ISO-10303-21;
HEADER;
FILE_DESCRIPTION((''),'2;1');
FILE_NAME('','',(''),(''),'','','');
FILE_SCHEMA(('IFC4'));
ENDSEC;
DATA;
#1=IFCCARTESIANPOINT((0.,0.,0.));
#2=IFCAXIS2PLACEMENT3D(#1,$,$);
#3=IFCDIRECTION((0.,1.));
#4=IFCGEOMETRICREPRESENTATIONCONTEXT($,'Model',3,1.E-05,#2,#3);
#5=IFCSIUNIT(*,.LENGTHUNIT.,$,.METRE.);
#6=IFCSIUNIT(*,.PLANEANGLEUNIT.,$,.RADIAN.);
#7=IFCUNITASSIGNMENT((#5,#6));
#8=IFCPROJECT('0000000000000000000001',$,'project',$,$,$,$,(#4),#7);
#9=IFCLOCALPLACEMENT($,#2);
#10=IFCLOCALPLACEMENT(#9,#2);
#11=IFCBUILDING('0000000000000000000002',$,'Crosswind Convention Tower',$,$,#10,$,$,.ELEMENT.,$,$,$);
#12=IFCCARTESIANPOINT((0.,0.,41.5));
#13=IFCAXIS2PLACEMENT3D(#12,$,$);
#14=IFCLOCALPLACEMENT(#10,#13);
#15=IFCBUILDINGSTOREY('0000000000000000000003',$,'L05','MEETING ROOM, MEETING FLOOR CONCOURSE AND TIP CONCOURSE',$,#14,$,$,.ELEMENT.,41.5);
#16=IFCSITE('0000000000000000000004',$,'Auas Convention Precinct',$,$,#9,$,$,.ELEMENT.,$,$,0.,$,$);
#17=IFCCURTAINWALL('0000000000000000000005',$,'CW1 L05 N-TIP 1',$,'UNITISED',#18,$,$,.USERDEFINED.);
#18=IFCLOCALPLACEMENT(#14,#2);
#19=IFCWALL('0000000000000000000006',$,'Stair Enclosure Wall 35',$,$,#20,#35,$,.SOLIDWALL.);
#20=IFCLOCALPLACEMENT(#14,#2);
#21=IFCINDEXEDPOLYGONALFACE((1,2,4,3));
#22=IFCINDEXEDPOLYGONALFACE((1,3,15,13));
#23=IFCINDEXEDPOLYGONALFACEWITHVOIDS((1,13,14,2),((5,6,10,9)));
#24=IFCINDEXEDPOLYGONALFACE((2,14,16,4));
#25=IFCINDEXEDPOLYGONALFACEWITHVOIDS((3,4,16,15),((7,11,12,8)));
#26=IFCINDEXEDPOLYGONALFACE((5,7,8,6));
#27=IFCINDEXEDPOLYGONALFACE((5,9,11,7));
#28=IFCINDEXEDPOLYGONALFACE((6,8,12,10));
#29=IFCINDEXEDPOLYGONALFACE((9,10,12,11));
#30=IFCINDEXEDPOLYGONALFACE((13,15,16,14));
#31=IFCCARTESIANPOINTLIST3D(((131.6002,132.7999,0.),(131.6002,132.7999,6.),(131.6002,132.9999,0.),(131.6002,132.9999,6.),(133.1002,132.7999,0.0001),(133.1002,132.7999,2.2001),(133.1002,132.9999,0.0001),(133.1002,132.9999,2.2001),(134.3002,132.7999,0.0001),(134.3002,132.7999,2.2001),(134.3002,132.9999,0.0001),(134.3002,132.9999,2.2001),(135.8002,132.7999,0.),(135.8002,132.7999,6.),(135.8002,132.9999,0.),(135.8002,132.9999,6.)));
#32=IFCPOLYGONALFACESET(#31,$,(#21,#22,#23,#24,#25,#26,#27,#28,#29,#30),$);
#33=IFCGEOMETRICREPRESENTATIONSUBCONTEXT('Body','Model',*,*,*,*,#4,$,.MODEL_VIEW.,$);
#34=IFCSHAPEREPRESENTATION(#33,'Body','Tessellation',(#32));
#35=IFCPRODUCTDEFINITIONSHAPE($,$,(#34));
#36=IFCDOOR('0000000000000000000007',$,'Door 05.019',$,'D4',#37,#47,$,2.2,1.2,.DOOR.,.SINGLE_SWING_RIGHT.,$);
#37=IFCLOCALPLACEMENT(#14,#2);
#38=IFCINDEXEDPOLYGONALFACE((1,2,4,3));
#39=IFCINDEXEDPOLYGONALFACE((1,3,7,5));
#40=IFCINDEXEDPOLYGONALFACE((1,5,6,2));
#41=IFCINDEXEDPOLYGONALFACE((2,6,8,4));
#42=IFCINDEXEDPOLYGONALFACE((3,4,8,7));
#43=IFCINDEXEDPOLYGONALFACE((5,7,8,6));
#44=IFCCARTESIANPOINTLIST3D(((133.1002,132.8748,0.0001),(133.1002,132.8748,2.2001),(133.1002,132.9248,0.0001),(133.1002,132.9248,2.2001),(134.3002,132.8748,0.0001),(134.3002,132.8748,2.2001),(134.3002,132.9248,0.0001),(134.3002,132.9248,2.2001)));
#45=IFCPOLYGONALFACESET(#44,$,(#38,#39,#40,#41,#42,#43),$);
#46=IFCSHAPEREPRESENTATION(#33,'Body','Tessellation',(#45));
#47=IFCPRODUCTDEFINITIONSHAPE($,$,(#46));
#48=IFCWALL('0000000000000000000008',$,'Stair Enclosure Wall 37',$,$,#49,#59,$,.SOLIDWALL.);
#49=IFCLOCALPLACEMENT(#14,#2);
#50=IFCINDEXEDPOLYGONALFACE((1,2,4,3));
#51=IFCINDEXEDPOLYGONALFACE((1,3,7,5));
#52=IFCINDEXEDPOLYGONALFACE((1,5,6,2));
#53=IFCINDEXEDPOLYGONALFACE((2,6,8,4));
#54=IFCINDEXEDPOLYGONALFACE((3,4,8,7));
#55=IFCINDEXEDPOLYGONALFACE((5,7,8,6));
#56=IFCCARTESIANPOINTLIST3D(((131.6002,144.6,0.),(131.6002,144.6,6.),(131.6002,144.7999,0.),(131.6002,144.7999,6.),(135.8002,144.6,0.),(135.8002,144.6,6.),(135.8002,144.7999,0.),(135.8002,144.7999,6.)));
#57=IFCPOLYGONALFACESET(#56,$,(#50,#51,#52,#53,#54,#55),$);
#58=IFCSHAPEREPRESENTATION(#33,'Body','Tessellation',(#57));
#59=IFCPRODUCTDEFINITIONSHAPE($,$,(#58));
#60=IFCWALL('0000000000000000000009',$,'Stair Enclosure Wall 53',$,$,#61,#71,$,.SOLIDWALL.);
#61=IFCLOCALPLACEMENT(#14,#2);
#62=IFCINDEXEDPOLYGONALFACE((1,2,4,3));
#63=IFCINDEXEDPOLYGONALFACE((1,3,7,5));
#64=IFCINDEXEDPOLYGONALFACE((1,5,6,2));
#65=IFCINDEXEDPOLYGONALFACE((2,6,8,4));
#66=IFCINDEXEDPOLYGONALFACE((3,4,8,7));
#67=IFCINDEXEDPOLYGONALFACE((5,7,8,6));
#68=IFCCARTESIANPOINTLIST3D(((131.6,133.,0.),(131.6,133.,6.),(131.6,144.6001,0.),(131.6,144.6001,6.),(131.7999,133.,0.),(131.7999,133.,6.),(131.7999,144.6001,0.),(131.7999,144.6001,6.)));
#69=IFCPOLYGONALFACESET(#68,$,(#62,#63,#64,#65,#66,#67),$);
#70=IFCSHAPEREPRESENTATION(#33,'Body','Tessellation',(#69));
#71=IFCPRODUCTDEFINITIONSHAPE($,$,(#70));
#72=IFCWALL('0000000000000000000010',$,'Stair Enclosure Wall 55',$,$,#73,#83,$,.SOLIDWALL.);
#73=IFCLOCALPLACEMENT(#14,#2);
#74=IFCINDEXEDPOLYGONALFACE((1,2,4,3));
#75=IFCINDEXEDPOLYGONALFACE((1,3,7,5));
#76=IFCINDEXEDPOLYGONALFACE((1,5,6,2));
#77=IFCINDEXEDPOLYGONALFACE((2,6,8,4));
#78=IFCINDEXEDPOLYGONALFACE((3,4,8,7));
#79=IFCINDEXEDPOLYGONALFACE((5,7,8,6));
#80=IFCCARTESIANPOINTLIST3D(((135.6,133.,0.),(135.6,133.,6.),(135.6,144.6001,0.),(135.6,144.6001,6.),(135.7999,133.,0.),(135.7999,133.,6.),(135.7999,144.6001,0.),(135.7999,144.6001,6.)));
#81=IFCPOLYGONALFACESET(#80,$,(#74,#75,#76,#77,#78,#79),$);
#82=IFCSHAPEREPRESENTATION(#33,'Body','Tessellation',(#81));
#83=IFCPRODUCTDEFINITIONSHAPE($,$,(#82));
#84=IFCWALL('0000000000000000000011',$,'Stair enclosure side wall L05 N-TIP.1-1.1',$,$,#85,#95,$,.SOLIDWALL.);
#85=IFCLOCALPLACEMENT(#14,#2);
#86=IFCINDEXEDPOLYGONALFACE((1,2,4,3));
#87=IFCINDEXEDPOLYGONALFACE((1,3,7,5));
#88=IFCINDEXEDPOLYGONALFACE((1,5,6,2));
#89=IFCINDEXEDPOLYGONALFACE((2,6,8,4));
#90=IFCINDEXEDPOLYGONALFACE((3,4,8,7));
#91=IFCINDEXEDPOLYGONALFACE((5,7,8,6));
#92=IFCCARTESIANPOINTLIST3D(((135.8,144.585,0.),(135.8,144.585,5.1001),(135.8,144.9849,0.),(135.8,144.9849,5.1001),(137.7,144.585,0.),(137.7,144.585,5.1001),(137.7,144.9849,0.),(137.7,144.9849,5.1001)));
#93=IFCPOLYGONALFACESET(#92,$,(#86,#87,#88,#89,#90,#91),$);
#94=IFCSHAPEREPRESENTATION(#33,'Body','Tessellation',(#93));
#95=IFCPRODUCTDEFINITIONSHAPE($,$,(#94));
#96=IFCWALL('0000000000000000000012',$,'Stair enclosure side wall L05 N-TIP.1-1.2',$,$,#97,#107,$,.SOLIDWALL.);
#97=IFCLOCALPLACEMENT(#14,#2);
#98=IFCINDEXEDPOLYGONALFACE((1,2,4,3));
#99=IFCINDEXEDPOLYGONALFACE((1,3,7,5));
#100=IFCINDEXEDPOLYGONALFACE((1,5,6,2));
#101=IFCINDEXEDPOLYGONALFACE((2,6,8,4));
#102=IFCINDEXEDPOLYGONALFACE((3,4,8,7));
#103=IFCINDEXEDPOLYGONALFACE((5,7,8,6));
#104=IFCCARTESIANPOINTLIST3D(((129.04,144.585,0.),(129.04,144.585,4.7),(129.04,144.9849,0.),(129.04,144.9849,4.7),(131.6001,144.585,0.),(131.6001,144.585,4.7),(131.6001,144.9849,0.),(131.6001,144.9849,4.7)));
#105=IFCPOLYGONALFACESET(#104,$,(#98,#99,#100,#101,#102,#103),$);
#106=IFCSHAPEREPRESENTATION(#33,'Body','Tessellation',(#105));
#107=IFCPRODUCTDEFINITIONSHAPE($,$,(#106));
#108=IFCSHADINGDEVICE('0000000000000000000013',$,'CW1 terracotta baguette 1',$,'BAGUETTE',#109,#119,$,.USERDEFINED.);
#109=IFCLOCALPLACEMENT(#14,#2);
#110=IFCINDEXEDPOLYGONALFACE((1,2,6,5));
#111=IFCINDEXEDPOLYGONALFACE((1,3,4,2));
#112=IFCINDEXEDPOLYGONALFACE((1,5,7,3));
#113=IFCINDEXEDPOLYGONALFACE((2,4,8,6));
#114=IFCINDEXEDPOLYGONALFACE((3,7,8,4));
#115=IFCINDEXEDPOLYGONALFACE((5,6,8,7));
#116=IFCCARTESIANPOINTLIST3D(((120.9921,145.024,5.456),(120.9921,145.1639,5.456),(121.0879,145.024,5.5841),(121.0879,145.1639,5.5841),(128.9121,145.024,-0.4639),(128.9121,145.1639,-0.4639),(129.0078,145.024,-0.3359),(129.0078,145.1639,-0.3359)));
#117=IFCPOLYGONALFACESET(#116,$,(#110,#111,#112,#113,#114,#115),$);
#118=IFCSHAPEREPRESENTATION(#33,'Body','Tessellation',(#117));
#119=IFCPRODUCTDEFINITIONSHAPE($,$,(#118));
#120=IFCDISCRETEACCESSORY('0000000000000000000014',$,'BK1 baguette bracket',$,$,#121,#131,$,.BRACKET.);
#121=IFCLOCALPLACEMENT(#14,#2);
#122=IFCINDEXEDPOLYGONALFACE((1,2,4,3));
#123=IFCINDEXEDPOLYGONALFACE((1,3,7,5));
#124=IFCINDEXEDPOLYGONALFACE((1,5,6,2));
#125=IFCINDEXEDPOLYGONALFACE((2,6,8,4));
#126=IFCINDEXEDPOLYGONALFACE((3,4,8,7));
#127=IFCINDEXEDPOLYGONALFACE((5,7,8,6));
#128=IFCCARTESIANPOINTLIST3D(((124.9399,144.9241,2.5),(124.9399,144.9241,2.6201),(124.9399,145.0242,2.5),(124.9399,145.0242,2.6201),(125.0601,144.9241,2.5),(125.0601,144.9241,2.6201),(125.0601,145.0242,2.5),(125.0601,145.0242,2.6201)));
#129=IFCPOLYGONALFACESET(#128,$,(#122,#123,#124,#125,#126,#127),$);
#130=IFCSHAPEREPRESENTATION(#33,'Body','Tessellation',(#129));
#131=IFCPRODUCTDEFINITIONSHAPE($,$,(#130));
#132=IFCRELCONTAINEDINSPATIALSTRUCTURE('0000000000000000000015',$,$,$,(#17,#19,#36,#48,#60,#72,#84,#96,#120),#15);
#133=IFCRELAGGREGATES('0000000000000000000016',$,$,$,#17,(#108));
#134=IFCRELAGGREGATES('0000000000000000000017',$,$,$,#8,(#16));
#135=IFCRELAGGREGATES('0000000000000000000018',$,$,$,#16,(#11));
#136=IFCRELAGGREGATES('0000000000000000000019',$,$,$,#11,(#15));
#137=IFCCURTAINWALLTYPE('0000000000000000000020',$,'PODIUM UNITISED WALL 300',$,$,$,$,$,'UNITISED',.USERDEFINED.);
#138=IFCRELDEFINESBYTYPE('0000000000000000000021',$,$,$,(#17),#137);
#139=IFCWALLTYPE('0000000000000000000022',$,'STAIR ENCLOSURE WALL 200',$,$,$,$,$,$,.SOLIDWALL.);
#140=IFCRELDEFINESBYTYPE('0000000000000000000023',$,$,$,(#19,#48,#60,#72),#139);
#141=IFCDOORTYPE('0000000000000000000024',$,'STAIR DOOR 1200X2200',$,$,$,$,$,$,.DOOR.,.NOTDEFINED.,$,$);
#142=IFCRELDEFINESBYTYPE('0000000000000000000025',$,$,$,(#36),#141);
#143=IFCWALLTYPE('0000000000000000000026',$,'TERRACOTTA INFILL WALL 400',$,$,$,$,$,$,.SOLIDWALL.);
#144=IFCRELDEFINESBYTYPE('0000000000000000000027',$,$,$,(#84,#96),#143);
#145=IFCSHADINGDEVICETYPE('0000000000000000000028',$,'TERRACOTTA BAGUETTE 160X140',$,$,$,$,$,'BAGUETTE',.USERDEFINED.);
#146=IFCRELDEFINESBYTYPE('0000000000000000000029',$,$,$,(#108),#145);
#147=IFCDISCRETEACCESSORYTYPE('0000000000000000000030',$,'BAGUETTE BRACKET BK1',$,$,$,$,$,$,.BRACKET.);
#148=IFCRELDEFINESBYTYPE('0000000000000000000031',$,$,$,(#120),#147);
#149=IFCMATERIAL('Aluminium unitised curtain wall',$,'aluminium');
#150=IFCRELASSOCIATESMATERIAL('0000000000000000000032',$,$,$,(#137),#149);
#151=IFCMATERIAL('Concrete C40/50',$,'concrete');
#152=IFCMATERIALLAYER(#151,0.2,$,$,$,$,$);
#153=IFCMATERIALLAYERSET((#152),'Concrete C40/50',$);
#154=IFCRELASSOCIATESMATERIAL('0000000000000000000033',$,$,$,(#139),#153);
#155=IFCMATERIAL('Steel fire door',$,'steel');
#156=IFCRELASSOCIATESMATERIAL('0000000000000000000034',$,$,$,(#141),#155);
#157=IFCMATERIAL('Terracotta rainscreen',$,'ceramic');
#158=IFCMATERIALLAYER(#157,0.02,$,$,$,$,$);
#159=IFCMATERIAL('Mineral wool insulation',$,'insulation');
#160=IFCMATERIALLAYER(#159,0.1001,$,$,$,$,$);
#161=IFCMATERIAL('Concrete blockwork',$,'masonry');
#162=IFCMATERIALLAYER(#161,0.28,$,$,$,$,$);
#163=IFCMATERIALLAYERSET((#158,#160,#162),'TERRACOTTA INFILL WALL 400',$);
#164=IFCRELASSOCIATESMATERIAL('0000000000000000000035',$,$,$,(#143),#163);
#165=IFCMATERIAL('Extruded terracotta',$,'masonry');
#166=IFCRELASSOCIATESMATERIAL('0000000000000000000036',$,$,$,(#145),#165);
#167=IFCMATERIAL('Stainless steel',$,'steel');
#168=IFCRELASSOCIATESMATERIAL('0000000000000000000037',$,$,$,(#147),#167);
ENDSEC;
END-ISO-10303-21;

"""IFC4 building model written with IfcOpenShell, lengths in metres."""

from ifc_helpers import new_model, si_unit, direction, frame, frame_2d, origin, origin_2d, place, context, subcontext, project, spatial, rectangle, extrude, material, layer, layer_set, material_profile, profile_set, type_object, element, fill, aggregate, save


model = new_model("IFC4")

# Units and contexts
model_context = context("Model", 3, precision=1e-05, world=origin(), true_north=direction((0.0, 1.0)))
body_context = subcontext(model_context, "Body", "Model", "MODEL_VIEW")
ifc_project = project(units=[si_unit("LENGTHUNIT", "METRE"), si_unit("PLANEANGLEUNIT", "RADIAN")], contexts=[model_context])

# Site, building, storey
site_placement = place(None, origin())
site = spatial("IfcSite", under=ifc_project, at=site_placement, Name="Auas Convention Precinct", CompositionType="ELEMENT", RefElevation=0.0)
building_placement = place(site_placement, origin())
building = spatial("IfcBuilding", under=site, at=building_placement, Name="Crosswind Convention Tower", CompositionType="ELEMENT")
storey_placement = place(building_placement, frame((0.0, 0.0, 41.5)))
storey = spatial("IfcBuildingStorey", under=building, at=storey_placement, Name="L05", Description="MEETING ROOM, MEETING FLOOR CONCOURSE AND TIP CONCOURSE", CompositionType="ELEMENT", Elevation=41.5)

# Curtain wall
ifc_material_1 = material(Name="Aluminium unitised curtain wall", Category="aluminium")
curtain_wall_type = type_object("IfcCurtainWallType", Name="PODIUM UNITISED WALL 300", ElementType="UNITISED", PredefinedType="USERDEFINED", material=ifc_material_1)
curtain_wall_placement = place(storey_placement, origin())
curtain_wall = element("IfcCurtainWall", 1, at=curtain_wall_placement, inside=storey, type_object=curtain_wall_type, Name="CW1 L05 N-TIP 1", ObjectType="UNITISED", PredefinedType="USERDEFINED")

# Wall, opening, door
ifc_material_2 = material(Name="Concrete C40/50", Category="concrete")
ifc_layer_1 = layer(ifc_material_2, 0.2)
ifc_layer_set_1 = layer_set([ifc_layer_1], Name="Concrete C40/50")
wall_type_1 = type_object("IfcWallType", Name="STAIR ENCLOSURE WALL 200", PredefinedType="SOLIDWALL", material=ifc_layer_set_1)
wall_1_placement = place(storey_placement, frame((131.6001, 132.8999, 0.0), z_axis=(0.0, 0.0, 1.0), x_axis=(1.0, 0.0, 0.0)))
wall_1 = element("IfcWall", 2, at=wall_1_placement, inside=storey, type_object=wall_type_1, Name="Stair Enclosure Wall 35", PredefinedType="SOLIDWALL", context=body_context, shape_type="SweptSolid", body=[
    extrude(rectangle(XDim=4.2, YDim=0.2, at=frame_2d((2.1001, 0.0))), origin(), (0.0, 0.0, 1.0), 6.0),
])
opening_placement = place(wall_1_placement, frame((1.5, 0.0, 0.0)))
opening = element("IfcOpeningElement", 3, at=opening_placement, cuts=wall_1, PredefinedType="OPENING", context=body_context, shape_type="SweptSolid", body=[
    extrude(rectangle(XDim=1.2, YDim=2.2, at=frame_2d((0.6001, 1.1001))), frame((0.0, 0.1099, 0.0), z_axis=(0.0, -1.0, 0.0), x_axis=(1.0, 0.0, 0.0)), (0.0, 0.0, 1.0), 0.22),
])
ifc_material_3 = material(Name="Steel fire door", Category="steel")
door_type = type_object("IfcDoorType", Name="STAIR DOOR 1200X2200", OperationType="NOTDEFINED", PredefinedType="DOOR", material=ifc_material_3)
door_placement = place(opening_placement, origin())
door = element("IfcDoor", 4, at=door_placement, inside=storey, type_object=door_type, Name="Door 05.019", ObjectType="D4", OperationType="SINGLE_SWING_RIGHT", OverallHeight=2.2, OverallWidth=1.2, PredefinedType="DOOR", context=body_context, shape_type="SweptSolid", body=[
    extrude(rectangle(XDim=1.2, YDim=2.2, at=frame_2d((0.6001, 1.1001))), frame((0.0, 0.0249, 0.0), z_axis=(0.0, -1.0, 0.0), x_axis=(1.0, 0.0, 0.0)), (0.0, 0.0, 1.0), 0.05),
])
fill(opening, door)

# Walls
wall_2_placement = place(storey_placement, frame((131.6001, 144.7, 0.0), z_axis=(0.0, 0.0, 1.0), x_axis=(1.0, 0.0, 0.0)))
element("IfcWall", 5, at=wall_2_placement, inside=storey, type_object=wall_type_1, Name="Stair Enclosure Wall 37", PredefinedType="SOLIDWALL", context=body_context, shape_type="SweptSolid", body=[
    extrude(rectangle(XDim=4.2, YDim=0.2, at=frame_2d((2.1001, 0.0))), origin(), (0.0, 0.0, 1.0), 6.0),
])
for number, where, z_axis, x_axis, name in (
    (6, (131.7, 133.0, 0.0), (0.0, 0.0, 1.0), (0.0, 1.0, 0.0), "Stair Enclosure Wall 53"),
    (7, (135.7, 133.0, 0.0), (0.0, 0.0, 1.0), (0.0, 1.0, 0.0), "Stair Enclosure Wall 55"),
):
    element("IfcWall", number, at=place(storey_placement, frame(where, z_axis=z_axis, x_axis=x_axis)), inside=storey, type_object=wall_type_1, Name=name, PredefinedType="SOLIDWALL", context=body_context, shape_type="SweptSolid", body=[
        extrude(rectangle(XDim=11.6001, YDim=0.2, at=frame_2d((5.8, 0.0))), origin(), (0.0, 0.0, 1.0), 6.0),
    ])
ifc_material_4 = material(Name="Terracotta rainscreen", Category="ceramic")
ifc_layer_2 = layer(ifc_material_4, 0.02)
ifc_material_5 = material(Name="Mineral wool insulation", Category="insulation")
ifc_layer_3 = layer(ifc_material_5, 0.1001)
ifc_material_6 = material(Name="Concrete blockwork", Category="masonry")
ifc_layer_4 = layer(ifc_material_6, 0.28)
ifc_layer_set_2 = layer_set([ifc_layer_2, ifc_layer_3, ifc_layer_4], Name="TERRACOTTA INFILL WALL 400")
wall_type_2 = type_object("IfcWallType", Name="TERRACOTTA INFILL WALL 400", PredefinedType="SOLIDWALL", material=ifc_layer_set_2)
wall_3_placement = place(storey_placement, frame((137.7, 144.7849, 0.0), z_axis=(0.0, 0.0, 1.0), x_axis=(-1.0, 0.0, 0.0)))
element("IfcWall", 8, at=wall_3_placement, inside=storey, type_object=wall_type_2, Name="Stair enclosure side wall L05 N-TIP.1-1.1", PredefinedType="SOLIDWALL", context=body_context, shape_type="SweptSolid", body=[
    extrude(rectangle(XDim=1.8999, YDim=0.3999, at=frame_2d((0.95, 0.0))), origin(), (0.0, 0.0, 1.0), 5.1001),
])
wall_4_placement = place(storey_placement, frame((131.6001, 144.7849, 0.0), z_axis=(0.0, 0.0, 1.0), x_axis=(-1.0, 0.0, 0.0)))
element("IfcWall", 9, at=wall_4_placement, inside=storey, type_object=wall_type_2, Name="Stair enclosure side wall L05 N-TIP.1-1.2", PredefinedType="SOLIDWALL", context=body_context, shape_type="SweptSolid", body=[
    extrude(rectangle(XDim=2.5601, YDim=0.3999, at=frame_2d((1.28, 0.0))), origin(), (0.0, 0.0, 1.0), 4.7),
])

# Shading device
ifc_material_7 = material(Name="Extruded terracotta", Category="masonry")
ifc_material_profile_1 = material_profile(ifc_material_7, rectangle(XDim=0.1399, YDim=0.1599, at=origin_2d()), Name="TC 140X160")
ifc_profile_set_1 = profile_set([ifc_material_profile_1], Name="Extruded terracotta")
shading_device_type = type_object("IfcShadingDeviceType", Name="TERRACOTTA BAGUETTE 160X140", ElementType="BAGUETTE", PredefinedType="USERDEFINED", material=ifc_profile_set_1)
shading_device_placement = place(storey_placement, frame((128.96, 145.094, -0.3999), z_axis=(-0.800971, 0.0, 0.598703), x_axis=(0.0, -1.0, 0.0)))
shading_device = element("IfcShadingDevice", 10, at=shading_device_placement, type_object=shading_device_type, Name="CW1 terracotta baguette 1", ObjectType="BAGUETTE", PredefinedType="USERDEFINED", context=body_context, shape_type="SweptSolid", body=[
    extrude(rectangle(XDim=0.1399, YDim=0.1599, at=origin_2d()), origin(), (0.0, 0.0, 1.0), 9.8879),
])
aggregate(curtain_wall, [shading_device])

# Discrete accessory
ifc_material_8 = material(Name="Stainless steel", Category="steel")
discrete_accessory_type = type_object("IfcDiscreteAccessoryType", Name="BAGUETTE BRACKET BK1", PredefinedType="BRACKET", material=ifc_material_8)
discrete_accessory_placement = place(storey_placement, frame((125.0, 144.9741, 2.5), z_axis=(0.0, 0.0, 1.0), x_axis=(-1.0, 0.0, 0.0)))
element("IfcDiscreteAccessory", 11, at=discrete_accessory_placement, inside=storey, type_object=discrete_accessory_type, Name="BK1 baguette bracket", PredefinedType="BRACKET", context=body_context, shape_type="SweptSolid", body=[
    extrude(rectangle(XDim=0.1201, YDim=0.1001, at=origin_2d()), origin(), (0.0, 0.0, 1.0), 0.1201),
])

save(model, "model.ifc")
